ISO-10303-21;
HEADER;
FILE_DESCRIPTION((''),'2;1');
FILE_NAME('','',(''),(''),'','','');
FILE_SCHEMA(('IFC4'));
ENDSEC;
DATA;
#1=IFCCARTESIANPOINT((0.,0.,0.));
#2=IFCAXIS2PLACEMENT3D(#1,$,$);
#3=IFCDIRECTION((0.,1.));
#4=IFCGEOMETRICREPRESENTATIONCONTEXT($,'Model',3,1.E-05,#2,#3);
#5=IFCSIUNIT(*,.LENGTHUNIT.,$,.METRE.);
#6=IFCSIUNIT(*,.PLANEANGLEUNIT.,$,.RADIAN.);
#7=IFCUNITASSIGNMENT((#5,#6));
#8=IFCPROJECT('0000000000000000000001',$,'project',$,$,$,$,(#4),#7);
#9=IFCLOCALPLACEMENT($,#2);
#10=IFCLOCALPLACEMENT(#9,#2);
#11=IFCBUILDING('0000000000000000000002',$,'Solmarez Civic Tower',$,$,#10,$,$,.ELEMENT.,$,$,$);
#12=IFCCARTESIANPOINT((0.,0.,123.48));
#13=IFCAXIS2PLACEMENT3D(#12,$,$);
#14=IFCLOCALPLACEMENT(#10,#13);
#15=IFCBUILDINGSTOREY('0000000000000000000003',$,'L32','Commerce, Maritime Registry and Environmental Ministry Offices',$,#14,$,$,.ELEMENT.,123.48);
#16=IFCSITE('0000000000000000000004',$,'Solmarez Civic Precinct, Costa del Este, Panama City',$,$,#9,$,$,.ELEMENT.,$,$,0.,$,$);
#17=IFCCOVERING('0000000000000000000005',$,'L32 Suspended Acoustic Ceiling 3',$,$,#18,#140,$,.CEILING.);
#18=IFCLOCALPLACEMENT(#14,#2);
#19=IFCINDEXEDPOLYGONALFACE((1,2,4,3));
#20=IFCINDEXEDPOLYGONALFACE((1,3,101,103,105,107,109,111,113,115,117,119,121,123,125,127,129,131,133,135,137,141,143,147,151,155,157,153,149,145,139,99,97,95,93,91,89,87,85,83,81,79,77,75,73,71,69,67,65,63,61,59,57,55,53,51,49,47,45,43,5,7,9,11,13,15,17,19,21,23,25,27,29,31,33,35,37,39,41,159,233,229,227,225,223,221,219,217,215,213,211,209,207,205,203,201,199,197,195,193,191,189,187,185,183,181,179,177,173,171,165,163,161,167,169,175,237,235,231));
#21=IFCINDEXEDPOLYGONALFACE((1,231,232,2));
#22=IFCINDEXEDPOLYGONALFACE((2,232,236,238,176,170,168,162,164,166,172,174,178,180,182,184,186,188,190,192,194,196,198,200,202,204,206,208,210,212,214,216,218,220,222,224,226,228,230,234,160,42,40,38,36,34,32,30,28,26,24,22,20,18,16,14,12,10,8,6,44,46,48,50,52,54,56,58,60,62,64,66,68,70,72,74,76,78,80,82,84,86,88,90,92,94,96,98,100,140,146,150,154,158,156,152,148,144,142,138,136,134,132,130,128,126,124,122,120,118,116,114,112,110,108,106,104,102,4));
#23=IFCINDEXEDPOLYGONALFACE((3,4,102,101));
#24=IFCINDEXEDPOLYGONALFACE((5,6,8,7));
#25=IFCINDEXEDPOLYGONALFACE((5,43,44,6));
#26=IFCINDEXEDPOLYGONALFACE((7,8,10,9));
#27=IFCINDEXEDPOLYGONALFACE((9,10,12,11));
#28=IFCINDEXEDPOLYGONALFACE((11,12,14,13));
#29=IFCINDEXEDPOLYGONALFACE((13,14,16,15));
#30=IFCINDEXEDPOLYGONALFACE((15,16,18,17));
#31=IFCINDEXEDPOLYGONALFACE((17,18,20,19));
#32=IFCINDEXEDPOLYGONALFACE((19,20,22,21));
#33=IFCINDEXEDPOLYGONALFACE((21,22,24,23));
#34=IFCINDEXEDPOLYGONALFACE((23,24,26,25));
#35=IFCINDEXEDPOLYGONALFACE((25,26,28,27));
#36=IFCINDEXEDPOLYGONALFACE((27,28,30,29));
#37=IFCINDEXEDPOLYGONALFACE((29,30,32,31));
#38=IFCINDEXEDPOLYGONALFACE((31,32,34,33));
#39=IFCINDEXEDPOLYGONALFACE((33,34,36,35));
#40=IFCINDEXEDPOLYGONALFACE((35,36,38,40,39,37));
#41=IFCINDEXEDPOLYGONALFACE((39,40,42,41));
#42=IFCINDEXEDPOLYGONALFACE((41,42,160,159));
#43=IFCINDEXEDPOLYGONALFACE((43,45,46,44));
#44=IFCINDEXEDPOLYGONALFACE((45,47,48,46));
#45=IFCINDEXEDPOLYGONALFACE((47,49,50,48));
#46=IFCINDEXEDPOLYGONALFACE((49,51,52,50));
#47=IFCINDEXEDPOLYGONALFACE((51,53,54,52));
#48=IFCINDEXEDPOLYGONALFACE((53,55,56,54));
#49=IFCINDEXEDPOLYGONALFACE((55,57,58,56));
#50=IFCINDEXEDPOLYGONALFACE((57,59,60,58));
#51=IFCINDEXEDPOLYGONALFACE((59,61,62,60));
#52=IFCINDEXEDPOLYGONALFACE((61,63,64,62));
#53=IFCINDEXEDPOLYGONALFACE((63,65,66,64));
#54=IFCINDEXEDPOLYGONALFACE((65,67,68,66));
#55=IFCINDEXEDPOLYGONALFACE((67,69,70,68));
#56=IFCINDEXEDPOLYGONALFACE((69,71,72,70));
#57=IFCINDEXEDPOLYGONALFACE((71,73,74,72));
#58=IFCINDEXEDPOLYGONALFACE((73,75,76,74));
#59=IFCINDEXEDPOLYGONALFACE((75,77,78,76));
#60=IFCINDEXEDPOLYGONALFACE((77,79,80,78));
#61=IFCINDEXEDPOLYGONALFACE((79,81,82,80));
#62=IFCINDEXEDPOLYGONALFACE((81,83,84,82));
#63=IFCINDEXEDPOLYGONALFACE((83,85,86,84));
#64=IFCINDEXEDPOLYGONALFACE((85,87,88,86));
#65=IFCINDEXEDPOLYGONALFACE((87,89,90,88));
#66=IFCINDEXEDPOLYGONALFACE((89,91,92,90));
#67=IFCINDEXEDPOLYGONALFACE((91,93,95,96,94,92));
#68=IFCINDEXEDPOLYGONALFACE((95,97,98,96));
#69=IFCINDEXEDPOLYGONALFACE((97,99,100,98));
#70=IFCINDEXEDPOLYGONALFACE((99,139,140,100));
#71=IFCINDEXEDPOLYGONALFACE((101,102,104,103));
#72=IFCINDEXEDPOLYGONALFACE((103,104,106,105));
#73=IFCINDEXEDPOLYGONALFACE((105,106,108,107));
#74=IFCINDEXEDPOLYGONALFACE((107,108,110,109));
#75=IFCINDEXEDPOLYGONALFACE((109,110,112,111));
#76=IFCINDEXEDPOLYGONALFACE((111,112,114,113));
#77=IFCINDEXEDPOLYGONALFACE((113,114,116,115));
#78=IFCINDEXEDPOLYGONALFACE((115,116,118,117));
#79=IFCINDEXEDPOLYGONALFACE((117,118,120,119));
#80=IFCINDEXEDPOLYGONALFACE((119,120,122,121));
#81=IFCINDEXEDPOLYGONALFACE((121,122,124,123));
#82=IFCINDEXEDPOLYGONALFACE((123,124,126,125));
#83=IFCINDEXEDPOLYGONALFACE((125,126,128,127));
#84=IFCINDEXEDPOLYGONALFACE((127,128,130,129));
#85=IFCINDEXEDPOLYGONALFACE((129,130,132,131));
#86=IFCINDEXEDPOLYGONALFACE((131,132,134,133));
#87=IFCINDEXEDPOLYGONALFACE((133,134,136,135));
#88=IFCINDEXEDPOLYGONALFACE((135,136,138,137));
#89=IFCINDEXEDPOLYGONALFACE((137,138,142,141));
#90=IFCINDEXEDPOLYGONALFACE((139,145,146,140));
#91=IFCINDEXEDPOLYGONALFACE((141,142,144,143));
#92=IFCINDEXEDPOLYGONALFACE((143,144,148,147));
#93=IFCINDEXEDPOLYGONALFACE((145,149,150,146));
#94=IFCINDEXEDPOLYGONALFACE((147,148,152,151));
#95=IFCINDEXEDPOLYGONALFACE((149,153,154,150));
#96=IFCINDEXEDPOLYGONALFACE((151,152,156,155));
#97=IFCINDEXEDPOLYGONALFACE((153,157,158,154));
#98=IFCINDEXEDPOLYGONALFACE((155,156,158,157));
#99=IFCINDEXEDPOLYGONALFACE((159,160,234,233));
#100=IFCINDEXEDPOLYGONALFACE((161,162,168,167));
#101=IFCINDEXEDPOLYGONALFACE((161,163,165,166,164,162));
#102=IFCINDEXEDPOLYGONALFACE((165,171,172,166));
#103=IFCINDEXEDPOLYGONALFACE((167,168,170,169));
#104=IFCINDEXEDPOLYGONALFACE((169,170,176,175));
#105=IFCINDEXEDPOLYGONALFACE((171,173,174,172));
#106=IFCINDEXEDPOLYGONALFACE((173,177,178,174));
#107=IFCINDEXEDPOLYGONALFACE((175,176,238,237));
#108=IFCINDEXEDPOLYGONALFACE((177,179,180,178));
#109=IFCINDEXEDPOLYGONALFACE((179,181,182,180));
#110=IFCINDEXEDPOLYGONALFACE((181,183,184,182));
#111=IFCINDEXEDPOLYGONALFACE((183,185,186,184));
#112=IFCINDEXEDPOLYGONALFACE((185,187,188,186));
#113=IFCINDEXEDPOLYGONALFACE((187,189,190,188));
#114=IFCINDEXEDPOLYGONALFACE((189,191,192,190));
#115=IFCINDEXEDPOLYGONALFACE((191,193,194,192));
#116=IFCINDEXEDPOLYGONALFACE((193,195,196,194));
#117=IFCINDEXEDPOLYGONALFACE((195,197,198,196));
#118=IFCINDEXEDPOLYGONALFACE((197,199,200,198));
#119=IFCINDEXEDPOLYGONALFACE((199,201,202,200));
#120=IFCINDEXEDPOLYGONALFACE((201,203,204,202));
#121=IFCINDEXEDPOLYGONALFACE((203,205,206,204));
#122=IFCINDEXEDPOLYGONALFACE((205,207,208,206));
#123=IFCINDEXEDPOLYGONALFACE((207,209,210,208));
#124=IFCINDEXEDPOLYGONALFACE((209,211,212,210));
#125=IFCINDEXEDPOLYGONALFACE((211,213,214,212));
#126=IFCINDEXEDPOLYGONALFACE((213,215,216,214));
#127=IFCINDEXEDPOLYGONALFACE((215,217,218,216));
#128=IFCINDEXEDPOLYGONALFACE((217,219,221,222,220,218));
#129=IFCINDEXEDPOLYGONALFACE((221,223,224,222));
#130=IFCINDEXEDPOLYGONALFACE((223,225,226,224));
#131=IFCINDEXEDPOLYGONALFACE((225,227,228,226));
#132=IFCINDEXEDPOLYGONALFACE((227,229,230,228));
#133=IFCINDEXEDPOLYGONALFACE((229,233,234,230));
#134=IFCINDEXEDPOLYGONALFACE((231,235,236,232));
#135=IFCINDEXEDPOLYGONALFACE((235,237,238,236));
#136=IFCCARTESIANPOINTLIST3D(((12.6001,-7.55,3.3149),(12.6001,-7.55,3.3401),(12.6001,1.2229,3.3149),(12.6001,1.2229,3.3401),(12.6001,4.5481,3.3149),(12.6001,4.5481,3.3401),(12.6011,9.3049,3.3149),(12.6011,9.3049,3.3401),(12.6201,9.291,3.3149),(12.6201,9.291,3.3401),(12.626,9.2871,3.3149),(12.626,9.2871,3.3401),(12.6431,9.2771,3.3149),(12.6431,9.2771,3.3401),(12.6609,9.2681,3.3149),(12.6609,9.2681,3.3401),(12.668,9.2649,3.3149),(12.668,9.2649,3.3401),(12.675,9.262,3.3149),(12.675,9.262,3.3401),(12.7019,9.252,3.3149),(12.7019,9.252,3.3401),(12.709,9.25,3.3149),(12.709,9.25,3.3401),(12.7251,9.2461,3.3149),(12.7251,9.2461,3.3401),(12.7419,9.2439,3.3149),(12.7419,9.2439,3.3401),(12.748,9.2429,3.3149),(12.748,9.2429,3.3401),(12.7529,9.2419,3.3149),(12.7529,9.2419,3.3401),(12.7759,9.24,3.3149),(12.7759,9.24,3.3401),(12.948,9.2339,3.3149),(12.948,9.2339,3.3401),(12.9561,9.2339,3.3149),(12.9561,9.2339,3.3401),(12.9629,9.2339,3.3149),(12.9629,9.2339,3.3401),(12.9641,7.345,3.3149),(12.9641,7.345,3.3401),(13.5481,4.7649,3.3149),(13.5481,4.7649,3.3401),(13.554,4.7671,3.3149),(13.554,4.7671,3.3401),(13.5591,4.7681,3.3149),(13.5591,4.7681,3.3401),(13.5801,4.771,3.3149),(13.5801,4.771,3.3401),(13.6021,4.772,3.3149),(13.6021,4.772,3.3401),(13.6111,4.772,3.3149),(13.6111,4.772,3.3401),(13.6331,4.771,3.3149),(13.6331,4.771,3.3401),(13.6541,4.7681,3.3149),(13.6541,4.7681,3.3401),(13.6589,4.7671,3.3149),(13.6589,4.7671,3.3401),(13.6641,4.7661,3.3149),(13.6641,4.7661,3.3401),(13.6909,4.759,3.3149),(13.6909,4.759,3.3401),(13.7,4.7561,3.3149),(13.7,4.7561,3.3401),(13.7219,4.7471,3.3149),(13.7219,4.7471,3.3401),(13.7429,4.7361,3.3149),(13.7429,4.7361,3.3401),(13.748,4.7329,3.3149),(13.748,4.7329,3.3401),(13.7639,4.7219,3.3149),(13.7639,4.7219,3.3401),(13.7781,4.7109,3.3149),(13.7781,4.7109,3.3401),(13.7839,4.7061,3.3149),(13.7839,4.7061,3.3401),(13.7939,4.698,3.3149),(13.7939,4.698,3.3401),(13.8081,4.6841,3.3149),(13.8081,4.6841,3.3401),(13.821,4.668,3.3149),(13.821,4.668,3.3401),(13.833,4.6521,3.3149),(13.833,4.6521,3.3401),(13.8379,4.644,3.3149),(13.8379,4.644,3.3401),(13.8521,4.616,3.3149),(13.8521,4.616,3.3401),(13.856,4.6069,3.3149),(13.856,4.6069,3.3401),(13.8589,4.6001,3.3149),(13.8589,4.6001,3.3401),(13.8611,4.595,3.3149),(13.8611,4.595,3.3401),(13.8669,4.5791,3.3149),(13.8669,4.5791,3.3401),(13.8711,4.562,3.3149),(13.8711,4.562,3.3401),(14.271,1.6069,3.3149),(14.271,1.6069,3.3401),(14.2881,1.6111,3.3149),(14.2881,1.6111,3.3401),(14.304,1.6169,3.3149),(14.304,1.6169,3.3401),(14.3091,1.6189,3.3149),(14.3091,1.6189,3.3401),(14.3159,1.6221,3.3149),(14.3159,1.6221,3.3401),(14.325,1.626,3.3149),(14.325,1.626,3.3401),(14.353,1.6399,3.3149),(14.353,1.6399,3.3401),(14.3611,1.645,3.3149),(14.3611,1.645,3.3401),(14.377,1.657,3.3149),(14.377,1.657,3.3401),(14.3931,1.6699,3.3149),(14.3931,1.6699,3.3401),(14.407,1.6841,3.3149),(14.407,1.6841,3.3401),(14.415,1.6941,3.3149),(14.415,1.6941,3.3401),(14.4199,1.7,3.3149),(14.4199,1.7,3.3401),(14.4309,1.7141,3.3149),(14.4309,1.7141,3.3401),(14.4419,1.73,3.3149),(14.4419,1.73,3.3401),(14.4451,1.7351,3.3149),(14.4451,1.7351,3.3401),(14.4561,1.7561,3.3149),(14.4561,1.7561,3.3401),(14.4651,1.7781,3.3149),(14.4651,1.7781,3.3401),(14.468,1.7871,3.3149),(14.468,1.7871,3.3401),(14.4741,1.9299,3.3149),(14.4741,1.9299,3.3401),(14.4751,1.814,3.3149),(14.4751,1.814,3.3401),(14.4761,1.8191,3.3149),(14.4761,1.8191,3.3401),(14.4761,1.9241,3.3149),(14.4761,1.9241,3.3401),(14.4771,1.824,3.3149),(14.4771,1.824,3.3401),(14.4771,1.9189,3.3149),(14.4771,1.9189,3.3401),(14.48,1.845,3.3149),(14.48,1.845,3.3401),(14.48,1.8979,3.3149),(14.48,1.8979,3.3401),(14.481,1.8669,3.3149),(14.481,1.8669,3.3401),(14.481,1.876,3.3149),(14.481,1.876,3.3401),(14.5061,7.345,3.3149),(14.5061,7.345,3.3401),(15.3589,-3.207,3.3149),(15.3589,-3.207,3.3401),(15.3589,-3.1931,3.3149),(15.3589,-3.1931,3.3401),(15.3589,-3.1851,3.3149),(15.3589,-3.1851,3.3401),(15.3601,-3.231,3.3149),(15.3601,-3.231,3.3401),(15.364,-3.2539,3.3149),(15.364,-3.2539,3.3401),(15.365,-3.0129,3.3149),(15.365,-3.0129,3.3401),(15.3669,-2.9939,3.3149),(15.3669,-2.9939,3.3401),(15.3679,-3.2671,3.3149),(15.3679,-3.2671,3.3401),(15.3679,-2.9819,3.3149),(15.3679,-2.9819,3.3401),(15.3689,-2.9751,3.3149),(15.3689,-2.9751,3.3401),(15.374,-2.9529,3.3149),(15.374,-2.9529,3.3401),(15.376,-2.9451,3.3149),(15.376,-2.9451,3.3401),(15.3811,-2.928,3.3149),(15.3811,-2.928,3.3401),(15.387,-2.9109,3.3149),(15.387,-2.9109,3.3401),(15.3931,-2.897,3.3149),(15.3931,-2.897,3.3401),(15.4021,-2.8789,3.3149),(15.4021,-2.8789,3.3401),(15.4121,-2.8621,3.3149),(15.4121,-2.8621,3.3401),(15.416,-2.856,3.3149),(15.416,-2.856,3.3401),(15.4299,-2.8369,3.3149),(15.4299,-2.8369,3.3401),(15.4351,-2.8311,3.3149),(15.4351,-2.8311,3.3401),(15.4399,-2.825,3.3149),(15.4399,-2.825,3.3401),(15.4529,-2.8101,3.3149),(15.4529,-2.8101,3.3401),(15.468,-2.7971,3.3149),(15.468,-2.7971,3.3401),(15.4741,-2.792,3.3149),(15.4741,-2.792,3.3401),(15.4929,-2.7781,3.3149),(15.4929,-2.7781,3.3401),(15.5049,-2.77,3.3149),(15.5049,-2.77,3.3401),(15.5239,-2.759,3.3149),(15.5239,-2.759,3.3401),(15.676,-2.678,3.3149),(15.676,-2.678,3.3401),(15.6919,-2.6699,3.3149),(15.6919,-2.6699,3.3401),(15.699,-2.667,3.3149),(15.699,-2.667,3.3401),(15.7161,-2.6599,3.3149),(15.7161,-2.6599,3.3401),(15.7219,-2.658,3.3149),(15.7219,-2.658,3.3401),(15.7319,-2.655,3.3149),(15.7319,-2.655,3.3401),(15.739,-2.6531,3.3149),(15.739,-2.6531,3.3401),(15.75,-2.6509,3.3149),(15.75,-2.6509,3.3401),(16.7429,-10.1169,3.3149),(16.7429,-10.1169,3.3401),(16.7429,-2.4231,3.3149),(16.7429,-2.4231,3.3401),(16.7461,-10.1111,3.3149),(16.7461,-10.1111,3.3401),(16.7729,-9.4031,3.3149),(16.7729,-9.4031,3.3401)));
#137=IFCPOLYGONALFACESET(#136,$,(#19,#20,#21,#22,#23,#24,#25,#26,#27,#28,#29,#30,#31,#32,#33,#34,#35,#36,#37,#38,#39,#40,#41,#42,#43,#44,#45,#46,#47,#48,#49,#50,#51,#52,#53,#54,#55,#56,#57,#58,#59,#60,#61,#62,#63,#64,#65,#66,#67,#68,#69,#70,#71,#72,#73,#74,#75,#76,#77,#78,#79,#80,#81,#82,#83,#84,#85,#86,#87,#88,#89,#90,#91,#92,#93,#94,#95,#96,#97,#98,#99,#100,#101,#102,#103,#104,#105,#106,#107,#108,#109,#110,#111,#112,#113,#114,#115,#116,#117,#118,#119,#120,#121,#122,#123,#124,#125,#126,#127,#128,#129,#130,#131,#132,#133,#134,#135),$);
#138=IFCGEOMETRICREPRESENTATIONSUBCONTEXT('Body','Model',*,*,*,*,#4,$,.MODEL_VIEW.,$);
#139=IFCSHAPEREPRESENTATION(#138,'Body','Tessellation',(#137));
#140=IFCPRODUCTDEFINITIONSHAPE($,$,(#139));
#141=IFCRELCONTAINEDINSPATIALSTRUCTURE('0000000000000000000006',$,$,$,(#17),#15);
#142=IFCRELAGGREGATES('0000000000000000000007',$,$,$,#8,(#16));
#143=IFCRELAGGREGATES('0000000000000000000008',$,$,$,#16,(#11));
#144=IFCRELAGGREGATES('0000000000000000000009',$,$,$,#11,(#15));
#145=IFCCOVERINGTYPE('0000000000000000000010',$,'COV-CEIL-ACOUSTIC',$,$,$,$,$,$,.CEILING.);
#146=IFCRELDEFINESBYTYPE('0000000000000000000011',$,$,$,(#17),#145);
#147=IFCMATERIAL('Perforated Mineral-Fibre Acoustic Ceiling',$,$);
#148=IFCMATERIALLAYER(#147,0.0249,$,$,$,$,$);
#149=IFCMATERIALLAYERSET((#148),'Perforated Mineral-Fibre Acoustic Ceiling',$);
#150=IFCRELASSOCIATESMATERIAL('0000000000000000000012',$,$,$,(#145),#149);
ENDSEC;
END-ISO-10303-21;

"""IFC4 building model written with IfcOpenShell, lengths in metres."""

from ifc_helpers import new_model, si_unit, direction, frame, origin, place, context, subcontext, project, spatial, polyline, outline, extrude, material, layer, layer_set, type_object, element, save


model = new_model("IFC4")

# Units and contexts
model_context = context("Model", 3, precision=1e-05, world=origin(), true_north=direction((0.0, 1.0)))
body_context = subcontext(model_context, "Body", "Model", "MODEL_VIEW")
ifc_project = project(units=[si_unit("LENGTHUNIT", "METRE"), si_unit("PLANEANGLEUNIT", "RADIAN")], contexts=[model_context])

# Site, building, storey
site_placement = place(None, origin())
site = spatial("IfcSite", under=ifc_project, at=site_placement, Name="Solmarez Civic Precinct, Costa del Este, Panama City", CompositionType="ELEMENT", RefElevation=0.0)
building_placement = place(site_placement, origin())
building = spatial("IfcBuilding", under=site, at=building_placement, Name="Solmarez Civic Tower", CompositionType="ELEMENT")
storey_placement = place(building_placement, frame((0.0, 0.0, 123.48)))
storey = spatial("IfcBuildingStorey", under=building, at=storey_placement, Name="L32", Description="Commerce, Maritime Registry and Environmental Ministry Offices", CompositionType="ELEMENT", Elevation=123.48)

# Covering
ifc_material_1 = material(Name="Perforated Mineral-Fibre Acoustic Ceiling")
ifc_layer_1 = layer(ifc_material_1, 0.0249)
ifc_layer_set_1 = layer_set([ifc_layer_1], Name="Perforated Mineral-Fibre Acoustic Ceiling")
covering_type_1 = type_object("IfcCoveringType", Name="COV-CEIL-ACOUSTIC", PredefinedType="CEILING", material=ifc_layer_set_1)
covering_1_placement = place(storey_placement, frame((0.0, 0.0, 3.3149)))
element("IfcCovering", 1, at=covering_1_placement, inside=storey, type_object=covering_type_1, Name="L32 Suspended Acoustic Ceiling 3", PredefinedType="CEILING", context=body_context, shape_type="SweptSolid", body=[
    extrude(outline(polyline([(12.6001, 4.5481), (13.5481, 4.7649), (13.554, 4.7671), (13.5591, 4.7681), (13.5801, 4.771), (13.6021, 4.772), (13.6111, 4.772), (13.6331, 4.771), (13.6541, 4.7681), (13.6589, 4.7671), (13.6641, 4.7661), (13.6909, 4.759), (13.7, 4.7561), (13.7219, 4.7471), (13.7429, 4.7361), (13.748, 4.7329), (13.7639, 4.7219), (13.7781, 4.7109), (13.7839, 4.7061), (13.7939, 4.698), (13.8081, 4.6841), (13.821, 4.668), (13.833, 4.6521), (13.8379, 4.644), (13.8521, 4.616), (13.856, 4.6069), (13.8589, 4.6001), (13.8611, 4.595), (13.8669, 4.5791), (13.8711, 4.562), (14.4741, 1.9299), (14.4761, 1.9241), (14.4771, 1.9189), (14.48, 1.8979), (14.481, 1.876), (14.481, 1.8669), (14.48, 1.845), (14.4771, 1.824), (14.4761, 1.8191), (14.4751, 1.814), (14.468, 1.7871), (14.4651, 1.7781), (14.4561, 1.7561), (14.4451, 1.7351), (14.4419, 1.73), (14.4309, 1.7141), (14.4199, 1.7), (14.415, 1.6941), (14.407, 1.6841), (14.3931, 1.6699), (14.377, 1.657), (14.3611, 1.645), (14.353, 1.6399), (14.325, 1.626), (14.3159, 1.6221), (14.3091, 1.6189), (14.304, 1.6169), (14.2881, 1.6111), (14.271, 1.6069), (12.6001, 1.2229), (12.6001, -7.55), (16.7429, -10.1169), (16.7461, -10.1111), (16.7729, -9.4031), (15.3679, -3.2671), (15.364, -3.2539), (15.3601, -3.231), (15.3589, -3.207), (15.3589, -3.1931), (15.3589, -3.1851), (15.365, -3.0129), (15.3669, -2.9939), (15.3679, -2.9819), (15.3689, -2.9751), (15.374, -2.9529), (15.376, -2.9451), (15.3811, -2.928), (15.387, -2.9109), (15.3931, -2.897), (15.4021, -2.8789), (15.4121, -2.8621), (15.416, -2.856), (15.4299, -2.8369), (15.4351, -2.8311), (15.4399, -2.825), (15.4529, -2.8101), (15.468, -2.7971), (15.4741, -2.792), (15.4929, -2.7781), (15.5049, -2.77), (15.5239, -2.759), (15.676, -2.678), (15.6919, -2.6699), (15.699, -2.667), (15.7161, -2.6599), (15.7219, -2.658), (15.7319, -2.655), (15.739, -2.6531), (15.75, -2.6509), (16.7429, -2.4231), (14.5061, 7.345), (12.9641, 7.345), (12.9629, 9.2339), (12.9561, 9.2339), (12.948, 9.2339), (12.7759, 9.24), (12.7529, 9.2419), (12.748, 9.2429), (12.7419, 9.2439), (12.7251, 9.2461), (12.709, 9.25), (12.7019, 9.252), (12.675, 9.262), (12.668, 9.2649), (12.6609, 9.2681), (12.6431, 9.2771), (12.626, 9.2871), (12.6201, 9.291), (12.6011, 9.3049), (12.6001, 4.5481)])), origin(), (0.0, 0.0, 1.0), 0.0251),
])

save(model, "model.ifc")
